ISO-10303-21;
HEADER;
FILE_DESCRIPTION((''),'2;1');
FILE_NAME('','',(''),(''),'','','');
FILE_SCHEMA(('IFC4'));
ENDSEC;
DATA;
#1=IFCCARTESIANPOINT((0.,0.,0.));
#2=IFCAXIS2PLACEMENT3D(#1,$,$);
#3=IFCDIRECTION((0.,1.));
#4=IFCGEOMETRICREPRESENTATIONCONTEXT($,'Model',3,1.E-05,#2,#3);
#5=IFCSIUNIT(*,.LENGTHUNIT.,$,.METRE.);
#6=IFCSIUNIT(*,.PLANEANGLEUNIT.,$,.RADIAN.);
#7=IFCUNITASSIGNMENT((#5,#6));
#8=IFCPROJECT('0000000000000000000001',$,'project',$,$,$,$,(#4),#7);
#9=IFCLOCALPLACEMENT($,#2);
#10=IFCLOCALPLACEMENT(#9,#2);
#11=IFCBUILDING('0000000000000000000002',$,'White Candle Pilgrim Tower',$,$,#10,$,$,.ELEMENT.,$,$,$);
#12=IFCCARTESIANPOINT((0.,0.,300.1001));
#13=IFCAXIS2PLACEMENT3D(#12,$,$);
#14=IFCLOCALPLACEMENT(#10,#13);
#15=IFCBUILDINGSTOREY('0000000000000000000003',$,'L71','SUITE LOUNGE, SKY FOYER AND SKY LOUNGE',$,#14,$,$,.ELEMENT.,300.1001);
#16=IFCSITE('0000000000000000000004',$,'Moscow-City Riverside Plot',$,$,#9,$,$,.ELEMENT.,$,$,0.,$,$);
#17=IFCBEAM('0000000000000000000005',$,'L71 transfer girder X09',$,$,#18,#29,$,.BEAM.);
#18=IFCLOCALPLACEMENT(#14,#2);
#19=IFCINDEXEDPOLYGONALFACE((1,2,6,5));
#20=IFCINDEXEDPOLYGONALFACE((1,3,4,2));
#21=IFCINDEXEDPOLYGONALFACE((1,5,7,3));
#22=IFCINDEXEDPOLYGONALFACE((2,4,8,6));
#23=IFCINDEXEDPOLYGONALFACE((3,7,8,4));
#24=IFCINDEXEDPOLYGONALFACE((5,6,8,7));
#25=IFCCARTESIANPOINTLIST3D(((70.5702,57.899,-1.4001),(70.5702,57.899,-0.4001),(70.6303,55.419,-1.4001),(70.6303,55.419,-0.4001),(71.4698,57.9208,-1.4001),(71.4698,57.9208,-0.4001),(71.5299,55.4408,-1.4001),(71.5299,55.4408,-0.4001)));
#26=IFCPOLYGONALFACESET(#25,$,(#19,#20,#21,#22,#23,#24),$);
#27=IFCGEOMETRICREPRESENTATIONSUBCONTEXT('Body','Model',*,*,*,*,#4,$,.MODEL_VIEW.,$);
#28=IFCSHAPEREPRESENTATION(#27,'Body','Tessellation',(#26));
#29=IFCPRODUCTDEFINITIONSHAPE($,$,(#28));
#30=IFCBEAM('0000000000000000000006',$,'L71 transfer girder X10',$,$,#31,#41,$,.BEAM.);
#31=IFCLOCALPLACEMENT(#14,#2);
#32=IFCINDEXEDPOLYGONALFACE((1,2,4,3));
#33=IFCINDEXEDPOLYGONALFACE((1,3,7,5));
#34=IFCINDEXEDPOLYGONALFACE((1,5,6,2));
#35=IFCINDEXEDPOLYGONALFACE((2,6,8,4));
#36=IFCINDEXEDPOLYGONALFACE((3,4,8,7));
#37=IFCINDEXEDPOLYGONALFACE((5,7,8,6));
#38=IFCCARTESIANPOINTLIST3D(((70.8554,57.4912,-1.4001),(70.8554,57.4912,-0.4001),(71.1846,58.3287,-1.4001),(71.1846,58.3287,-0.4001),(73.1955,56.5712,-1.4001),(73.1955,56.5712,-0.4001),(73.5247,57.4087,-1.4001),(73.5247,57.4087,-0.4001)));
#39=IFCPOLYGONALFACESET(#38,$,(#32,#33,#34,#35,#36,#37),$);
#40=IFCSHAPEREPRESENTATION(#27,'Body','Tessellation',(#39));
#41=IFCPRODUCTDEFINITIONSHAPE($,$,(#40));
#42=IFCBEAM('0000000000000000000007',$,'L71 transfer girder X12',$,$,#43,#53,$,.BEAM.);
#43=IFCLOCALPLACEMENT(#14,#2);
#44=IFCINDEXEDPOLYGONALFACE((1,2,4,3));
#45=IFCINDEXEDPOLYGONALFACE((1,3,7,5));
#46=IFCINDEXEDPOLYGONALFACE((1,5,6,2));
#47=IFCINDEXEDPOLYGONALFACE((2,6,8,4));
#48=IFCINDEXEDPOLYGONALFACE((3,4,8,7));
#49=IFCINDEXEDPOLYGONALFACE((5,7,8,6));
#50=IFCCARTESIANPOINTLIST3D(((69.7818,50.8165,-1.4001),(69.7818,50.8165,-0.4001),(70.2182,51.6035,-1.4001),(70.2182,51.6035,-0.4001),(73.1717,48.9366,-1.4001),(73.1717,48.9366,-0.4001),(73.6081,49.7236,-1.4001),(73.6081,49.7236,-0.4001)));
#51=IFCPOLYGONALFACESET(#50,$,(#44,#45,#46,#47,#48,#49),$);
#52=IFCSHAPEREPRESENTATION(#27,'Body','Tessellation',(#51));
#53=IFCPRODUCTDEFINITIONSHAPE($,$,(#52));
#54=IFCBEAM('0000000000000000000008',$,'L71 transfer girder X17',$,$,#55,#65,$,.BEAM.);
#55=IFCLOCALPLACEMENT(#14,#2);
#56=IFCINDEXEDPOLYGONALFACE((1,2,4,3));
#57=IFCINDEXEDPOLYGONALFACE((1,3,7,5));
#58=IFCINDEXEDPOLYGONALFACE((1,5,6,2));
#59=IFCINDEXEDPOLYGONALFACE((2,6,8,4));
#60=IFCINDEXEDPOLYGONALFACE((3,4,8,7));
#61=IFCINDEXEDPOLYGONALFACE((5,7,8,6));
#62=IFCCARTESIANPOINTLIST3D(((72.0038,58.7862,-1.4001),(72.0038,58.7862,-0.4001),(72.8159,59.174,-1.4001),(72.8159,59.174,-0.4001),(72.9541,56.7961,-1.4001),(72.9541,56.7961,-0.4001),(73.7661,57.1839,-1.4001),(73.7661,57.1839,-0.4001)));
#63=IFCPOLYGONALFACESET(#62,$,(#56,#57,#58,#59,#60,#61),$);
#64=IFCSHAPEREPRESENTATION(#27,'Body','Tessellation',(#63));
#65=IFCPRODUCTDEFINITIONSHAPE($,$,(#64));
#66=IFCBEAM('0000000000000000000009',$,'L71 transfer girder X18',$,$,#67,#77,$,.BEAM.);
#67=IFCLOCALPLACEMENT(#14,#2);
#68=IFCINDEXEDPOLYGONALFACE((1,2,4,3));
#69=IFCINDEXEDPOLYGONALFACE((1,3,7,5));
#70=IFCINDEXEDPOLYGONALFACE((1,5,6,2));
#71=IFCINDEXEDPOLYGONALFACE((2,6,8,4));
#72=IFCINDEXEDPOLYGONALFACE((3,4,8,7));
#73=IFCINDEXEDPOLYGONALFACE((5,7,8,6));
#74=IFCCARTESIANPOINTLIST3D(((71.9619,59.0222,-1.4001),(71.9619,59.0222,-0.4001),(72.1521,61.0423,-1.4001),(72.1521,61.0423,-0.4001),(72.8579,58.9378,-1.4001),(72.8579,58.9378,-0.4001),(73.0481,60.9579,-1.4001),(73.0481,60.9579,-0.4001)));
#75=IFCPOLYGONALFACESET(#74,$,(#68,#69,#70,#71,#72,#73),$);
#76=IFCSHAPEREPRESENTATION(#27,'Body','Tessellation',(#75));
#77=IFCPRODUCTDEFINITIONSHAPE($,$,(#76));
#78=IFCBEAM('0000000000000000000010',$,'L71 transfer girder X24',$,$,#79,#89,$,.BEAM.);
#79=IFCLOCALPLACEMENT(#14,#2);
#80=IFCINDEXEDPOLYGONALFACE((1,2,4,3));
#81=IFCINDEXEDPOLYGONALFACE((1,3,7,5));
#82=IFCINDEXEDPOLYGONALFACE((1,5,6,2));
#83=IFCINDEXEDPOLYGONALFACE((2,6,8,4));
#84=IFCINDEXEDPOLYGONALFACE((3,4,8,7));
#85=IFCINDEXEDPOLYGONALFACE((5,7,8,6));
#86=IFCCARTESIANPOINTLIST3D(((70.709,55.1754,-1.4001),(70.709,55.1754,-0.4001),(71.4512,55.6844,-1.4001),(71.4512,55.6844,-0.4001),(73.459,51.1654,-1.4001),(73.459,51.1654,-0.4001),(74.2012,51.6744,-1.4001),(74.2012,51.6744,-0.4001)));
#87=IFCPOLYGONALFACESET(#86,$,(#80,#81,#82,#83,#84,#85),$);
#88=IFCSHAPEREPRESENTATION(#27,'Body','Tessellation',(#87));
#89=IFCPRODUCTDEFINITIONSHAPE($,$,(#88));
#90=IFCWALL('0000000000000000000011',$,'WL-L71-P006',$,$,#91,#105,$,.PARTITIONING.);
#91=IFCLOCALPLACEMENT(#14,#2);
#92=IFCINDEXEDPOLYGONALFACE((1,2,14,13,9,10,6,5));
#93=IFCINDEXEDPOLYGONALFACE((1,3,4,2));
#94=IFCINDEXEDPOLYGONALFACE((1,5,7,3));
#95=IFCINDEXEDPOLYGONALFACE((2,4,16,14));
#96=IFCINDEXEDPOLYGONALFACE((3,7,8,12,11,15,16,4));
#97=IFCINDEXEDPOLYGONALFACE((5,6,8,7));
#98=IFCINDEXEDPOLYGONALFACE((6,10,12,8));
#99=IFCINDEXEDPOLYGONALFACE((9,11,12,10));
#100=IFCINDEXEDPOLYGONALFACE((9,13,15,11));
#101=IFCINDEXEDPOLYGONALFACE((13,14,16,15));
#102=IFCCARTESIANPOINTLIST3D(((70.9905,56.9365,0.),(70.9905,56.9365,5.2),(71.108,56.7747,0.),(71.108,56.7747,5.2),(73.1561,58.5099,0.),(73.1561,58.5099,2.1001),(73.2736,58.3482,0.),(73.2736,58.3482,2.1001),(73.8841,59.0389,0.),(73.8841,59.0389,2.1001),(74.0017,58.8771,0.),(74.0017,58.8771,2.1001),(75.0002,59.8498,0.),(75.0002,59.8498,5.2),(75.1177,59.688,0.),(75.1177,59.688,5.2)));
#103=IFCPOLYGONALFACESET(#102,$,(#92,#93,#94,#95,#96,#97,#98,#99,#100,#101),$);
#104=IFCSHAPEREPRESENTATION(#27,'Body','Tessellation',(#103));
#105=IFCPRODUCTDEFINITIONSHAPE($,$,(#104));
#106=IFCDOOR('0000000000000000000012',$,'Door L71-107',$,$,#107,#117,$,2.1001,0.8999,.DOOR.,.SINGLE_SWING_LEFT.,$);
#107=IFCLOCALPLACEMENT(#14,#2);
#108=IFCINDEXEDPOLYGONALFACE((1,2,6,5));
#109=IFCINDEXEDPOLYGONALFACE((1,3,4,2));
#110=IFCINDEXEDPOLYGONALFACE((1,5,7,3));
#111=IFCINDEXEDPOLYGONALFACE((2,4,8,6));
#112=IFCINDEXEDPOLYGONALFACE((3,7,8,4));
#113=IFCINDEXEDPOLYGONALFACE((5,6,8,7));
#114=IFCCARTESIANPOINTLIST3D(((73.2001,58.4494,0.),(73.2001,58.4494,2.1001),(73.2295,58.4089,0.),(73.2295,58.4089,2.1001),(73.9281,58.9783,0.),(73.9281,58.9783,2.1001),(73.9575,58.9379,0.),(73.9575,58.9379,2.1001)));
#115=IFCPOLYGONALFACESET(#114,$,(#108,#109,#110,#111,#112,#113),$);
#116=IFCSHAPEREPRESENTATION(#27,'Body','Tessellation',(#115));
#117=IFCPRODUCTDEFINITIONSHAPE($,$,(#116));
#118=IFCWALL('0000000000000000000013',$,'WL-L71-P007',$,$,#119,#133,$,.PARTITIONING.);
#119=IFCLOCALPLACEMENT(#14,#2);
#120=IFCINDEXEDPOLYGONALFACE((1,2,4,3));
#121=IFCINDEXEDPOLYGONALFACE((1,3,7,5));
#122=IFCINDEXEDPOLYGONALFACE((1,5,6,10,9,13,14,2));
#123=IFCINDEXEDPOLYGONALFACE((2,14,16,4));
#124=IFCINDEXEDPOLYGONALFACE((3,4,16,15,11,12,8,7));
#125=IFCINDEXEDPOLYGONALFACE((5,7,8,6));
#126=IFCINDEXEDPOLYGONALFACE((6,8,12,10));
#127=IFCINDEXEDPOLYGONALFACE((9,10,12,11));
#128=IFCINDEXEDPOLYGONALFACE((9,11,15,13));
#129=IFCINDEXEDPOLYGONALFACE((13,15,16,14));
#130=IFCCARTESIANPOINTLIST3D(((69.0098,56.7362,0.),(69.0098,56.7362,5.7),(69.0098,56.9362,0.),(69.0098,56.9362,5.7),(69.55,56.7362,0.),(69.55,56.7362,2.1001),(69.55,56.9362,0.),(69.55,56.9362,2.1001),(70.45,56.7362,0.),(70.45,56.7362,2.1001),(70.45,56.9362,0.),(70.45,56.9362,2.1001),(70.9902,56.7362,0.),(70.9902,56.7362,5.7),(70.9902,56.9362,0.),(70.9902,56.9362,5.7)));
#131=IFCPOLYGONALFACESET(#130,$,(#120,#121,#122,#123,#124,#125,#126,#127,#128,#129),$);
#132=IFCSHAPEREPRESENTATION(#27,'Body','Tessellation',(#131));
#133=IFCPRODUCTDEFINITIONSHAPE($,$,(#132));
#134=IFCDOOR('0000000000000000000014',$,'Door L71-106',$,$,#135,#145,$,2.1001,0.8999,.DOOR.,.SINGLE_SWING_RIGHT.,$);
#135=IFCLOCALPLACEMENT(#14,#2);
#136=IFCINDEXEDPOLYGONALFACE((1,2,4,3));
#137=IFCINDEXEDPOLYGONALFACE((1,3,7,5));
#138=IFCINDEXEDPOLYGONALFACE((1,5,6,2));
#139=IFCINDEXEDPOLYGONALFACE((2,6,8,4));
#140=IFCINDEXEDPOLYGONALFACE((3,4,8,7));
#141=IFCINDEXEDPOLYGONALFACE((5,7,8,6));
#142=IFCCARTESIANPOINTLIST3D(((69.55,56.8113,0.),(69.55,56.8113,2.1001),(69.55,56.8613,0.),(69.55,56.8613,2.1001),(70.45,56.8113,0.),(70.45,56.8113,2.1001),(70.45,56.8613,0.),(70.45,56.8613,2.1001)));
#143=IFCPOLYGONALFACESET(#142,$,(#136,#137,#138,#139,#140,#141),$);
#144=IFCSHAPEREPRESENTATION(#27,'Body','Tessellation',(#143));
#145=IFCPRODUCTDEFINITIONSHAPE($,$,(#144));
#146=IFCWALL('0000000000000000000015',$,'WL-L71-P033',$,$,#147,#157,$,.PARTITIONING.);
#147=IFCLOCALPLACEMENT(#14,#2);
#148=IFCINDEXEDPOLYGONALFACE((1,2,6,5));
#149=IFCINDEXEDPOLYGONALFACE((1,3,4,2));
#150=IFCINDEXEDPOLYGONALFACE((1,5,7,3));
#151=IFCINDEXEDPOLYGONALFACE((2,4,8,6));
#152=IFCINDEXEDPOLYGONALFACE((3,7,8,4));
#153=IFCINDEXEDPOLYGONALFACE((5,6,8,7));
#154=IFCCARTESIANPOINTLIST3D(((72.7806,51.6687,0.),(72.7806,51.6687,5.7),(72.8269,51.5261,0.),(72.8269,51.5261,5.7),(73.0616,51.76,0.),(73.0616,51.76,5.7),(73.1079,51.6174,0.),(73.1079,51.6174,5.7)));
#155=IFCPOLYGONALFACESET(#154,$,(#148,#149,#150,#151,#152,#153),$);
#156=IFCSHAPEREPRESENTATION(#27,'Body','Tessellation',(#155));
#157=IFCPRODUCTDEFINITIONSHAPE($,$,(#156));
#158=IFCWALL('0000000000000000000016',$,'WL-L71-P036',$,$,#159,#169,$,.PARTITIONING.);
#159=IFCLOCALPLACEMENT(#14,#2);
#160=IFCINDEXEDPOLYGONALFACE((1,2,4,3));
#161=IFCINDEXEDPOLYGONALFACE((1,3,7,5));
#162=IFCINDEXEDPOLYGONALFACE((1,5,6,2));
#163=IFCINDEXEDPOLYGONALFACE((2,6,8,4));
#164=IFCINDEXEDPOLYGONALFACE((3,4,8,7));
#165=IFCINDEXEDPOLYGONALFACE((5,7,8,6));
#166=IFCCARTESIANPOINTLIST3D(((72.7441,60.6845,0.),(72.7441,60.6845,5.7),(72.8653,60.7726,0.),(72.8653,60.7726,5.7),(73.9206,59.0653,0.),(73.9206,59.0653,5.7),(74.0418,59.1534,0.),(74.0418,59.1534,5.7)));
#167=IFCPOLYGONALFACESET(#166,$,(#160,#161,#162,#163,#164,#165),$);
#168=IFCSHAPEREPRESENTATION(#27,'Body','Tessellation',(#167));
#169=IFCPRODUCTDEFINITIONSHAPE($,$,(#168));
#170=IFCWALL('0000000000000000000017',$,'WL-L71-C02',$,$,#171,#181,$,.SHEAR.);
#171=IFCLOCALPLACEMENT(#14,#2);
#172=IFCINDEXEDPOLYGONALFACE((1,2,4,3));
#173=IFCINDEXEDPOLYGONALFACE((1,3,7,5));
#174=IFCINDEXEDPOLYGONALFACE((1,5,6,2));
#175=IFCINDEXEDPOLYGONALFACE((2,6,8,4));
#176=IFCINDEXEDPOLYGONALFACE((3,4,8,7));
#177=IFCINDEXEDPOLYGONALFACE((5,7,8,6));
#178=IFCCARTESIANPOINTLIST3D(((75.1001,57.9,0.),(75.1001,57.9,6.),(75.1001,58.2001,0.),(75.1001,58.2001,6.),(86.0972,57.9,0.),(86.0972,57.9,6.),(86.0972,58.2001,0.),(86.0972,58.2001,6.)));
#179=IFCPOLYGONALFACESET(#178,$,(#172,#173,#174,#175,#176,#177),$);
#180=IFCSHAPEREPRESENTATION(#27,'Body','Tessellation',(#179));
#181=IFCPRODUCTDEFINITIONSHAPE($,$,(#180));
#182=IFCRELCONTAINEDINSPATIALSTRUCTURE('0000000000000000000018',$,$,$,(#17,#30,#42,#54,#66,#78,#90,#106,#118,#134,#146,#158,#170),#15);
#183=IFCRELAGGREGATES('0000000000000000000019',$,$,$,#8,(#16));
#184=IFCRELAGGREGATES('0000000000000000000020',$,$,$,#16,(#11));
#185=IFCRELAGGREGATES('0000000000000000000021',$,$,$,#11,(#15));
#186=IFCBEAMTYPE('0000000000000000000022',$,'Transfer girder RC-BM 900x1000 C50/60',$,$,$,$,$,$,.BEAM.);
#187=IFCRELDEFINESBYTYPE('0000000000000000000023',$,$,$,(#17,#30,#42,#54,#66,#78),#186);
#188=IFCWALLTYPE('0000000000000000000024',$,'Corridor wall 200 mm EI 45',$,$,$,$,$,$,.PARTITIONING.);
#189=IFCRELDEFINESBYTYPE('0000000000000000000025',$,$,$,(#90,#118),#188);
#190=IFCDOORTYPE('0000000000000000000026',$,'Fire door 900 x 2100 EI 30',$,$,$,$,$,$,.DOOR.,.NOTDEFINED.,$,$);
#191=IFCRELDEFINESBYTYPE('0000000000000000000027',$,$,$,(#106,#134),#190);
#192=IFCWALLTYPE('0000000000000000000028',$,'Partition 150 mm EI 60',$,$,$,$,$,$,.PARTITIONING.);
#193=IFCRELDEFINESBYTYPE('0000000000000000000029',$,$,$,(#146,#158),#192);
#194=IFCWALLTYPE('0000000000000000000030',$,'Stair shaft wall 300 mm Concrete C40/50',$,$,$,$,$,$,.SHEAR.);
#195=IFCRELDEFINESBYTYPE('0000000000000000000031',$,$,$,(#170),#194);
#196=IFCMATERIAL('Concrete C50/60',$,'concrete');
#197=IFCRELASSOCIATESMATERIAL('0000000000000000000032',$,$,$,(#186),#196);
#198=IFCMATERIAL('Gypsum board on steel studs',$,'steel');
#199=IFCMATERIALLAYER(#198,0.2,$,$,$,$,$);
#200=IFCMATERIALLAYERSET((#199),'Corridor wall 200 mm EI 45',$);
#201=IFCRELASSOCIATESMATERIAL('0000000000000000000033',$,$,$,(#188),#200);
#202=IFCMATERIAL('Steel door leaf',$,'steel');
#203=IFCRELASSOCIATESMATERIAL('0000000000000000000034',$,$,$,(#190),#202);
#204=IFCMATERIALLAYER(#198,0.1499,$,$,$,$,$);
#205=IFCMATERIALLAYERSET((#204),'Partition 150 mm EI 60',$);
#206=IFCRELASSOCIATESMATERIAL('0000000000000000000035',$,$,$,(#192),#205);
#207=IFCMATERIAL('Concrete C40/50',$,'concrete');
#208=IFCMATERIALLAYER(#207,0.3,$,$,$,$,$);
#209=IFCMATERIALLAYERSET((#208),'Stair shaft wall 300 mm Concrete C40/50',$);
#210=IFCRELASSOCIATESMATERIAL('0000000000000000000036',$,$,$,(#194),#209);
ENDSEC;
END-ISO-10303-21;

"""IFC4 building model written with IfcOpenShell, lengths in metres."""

from ifc_helpers import new_model, si_unit, direction, frame, frame_2d, origin, origin_2d, place, context, subcontext, project, spatial, rectangle, extrude, material, layer, layer_set, material_profile, profile_set, type_object, element, fill, save


model = new_model("IFC4")

# Units and contexts
model_context = context("Model", 3, precision=1e-05, world=origin(), true_north=direction((0.0, 1.0)))
body_context = subcontext(model_context, "Body", "Model", "MODEL_VIEW")
ifc_project = project(units=[si_unit("LENGTHUNIT", "METRE"), si_unit("PLANEANGLEUNIT", "RADIAN")], contexts=[model_context])

# Site, building, storey
site_placement = place(None, origin())
site = spatial("IfcSite", under=ifc_project, at=site_placement, Name="Moscow-City Riverside Plot", CompositionType="ELEMENT", RefElevation=0.0)
building_placement = place(site_placement, origin())
building = spatial("IfcBuilding", under=site, at=building_placement, Name="White Candle Pilgrim Tower", CompositionType="ELEMENT")
storey_placement = place(building_placement, frame((0.0, 0.0, 300.1001)))
storey = spatial("IfcBuildingStorey", under=building, at=storey_placement, Name="L71", Description="SUITE LOUNGE, SKY FOYER AND SKY LOUNGE", CompositionType="ELEMENT", Elevation=300.1001)

# Beams
ifc_material_1 = material(Name="Concrete C50/60", Category="concrete")
ifc_material_profile_1 = material_profile(ifc_material_1, rectangle(XDim=0.8999, YDim=1.0, at=origin_2d()), Name="RC-BM 900x1000")
ifc_profile_set_1 = profile_set([ifc_material_profile_1], Name="Concrete C50/60")
beam_type_1 = type_object("IfcBeamType", Name="Transfer girder RC-BM 900x1000 C50/60", PredefinedType="BEAM", material=ifc_profile_set_1)
beam_1_placement = place(storey_placement, frame((71.0801, 55.4299, -0.9001), z_axis=(-0.02421, 0.999707, 0.0), x_axis=(-0.999707, -0.02421, 0.0)))
element("IfcBeam", 1, at=beam_1_placement, inside=storey, type_object=beam_type_1, Name="L71 transfer girder X09", PredefinedType="BEAM", context=body_context, shape_type="SweptSolid", body=[
    extrude(rectangle(XDim=0.8999, YDim=1.0, at=origin_2d()), origin(), (0.0, 0.0, 1.0), 2.4807),
])
beam_2_placement = place(storey_placement, frame((71.02, 57.9099, -0.9001), z_axis=(0.93067, -0.36586, 0.0), x_axis=(0.36586, 0.93067, 0.0)))
element("IfcBeam", 2, at=beam_2_placement, inside=storey, type_object=beam_type_1, Name="L71 transfer girder X10", PredefinedType="BEAM", context=body_context, shape_type="SweptSolid", body=[
    extrude(rectangle(XDim=0.8999, YDim=1.0, at=origin_2d()), origin(), (0.0, 0.0, 1.0), 2.5144),
])
beam_3_placement = place(storey_placement, frame((70.0, 51.21, -0.9001), z_axis=(0.874528, -0.484974, 0.0), x_axis=(0.484974, 0.874528, 0.0)))
element("IfcBeam", 3, at=beam_3_placement, inside=storey, type_object=beam_type_1, Name="L71 transfer girder X12", PredefinedType="BEAM", context=body_context, shape_type="SweptSolid", body=[
    extrude(rectangle(XDim=0.8999, YDim=1.0, at=origin_2d()), origin(), (0.0, 0.0, 1.0), 3.8762),
])
beam_4_placement = place(storey_placement, frame((73.3601, 56.99, -0.9001), z_axis=(-0.430887, 0.902406, 0.0), x_axis=(-0.902406, -0.430887, 0.0)))
element("IfcBeam", 4, at=beam_4_placement, inside=storey, type_object=beam_type_1, Name="L71 transfer girder X17", PredefinedType="BEAM", context=body_context, shape_type="SweptSolid", body=[
    extrude(rectangle(XDim=0.8999, YDim=1.0, at=origin_2d()), origin(), (0.0, 0.0, 1.0), 2.2053),
])
beam_5_placement = place(storey_placement, frame((72.4099, 58.98, -0.9001), z_axis=(0.093736, 0.995597, 0.0), x_axis=(-0.995597, 0.093736, 0.0)))
element("IfcBeam", 5, at=beam_5_placement, inside=storey, type_object=beam_type_1, Name="L71 transfer girder X18", PredefinedType="BEAM", context=body_context, shape_type="SweptSolid", body=[
    extrude(rectangle(XDim=0.8999, YDim=1.0, at=origin_2d()), origin(), (0.0, 0.0, 1.0), 2.0291),
])
beam_6_placement = place(storey_placement, frame((73.8301, 51.4199, -0.9001), z_axis=(-0.565567, 0.824702, 0.0), x_axis=(-0.824702, -0.565567, 0.0)))
element("IfcBeam", 6, at=beam_6_placement, inside=storey, type_object=beam_type_1, Name="L71 transfer girder X24", PredefinedType="BEAM", context=body_context, shape_type="SweptSolid", body=[
    extrude(rectangle(XDim=0.8999, YDim=1.0, at=origin_2d()), origin(), (0.0, 0.0, 1.0), 4.8623),
])

# Walls, openings, doors
ifc_material_2 = material(Name="Gypsum board on steel studs", Category="steel")
ifc_layer_1 = layer(ifc_material_2, 0.2)
ifc_layer_set_1 = layer_set([ifc_layer_1], Name="Corridor wall 200 mm EI 45")
wall_type_1 = type_object("IfcWallType", Name="Corridor wall 200 mm EI 45", PredefinedType="PARTITIONING", material=ifc_layer_set_1)
wall_1_placement = place(storey_placement, frame((75.0588, 59.7688, 0.0), z_axis=(0.0, 0.0, 1.0), x_axis=(-0.809011, -0.587794, 0.0)))
wall_1 = element("IfcWall", 7, at=wall_1_placement, inside=storey, type_object=wall_type_1, Name="WL-L71-P006", PredefinedType="PARTITIONING", context=body_context, shape_type="SweptSolid", body=[
    extrude(rectangle(XDim=4.9563, YDim=0.2, at=frame_2d((2.478, 0.0))), origin(), (0.0, 0.0, 1.0), 5.2),
])
opening_1_placement = place(wall_1_placement, frame((1.3794, 0.0, 0.0)))
opening_1 = element("IfcOpeningElement", 8, at=opening_1_placement, cuts=wall_1, PredefinedType="OPENING", context=body_context, shape_type="SweptSolid", body=[
    extrude(rectangle(XDim=0.8999, YDim=2.1001, at=frame_2d((0.45, 1.05))), frame((0.0, 0.1099, 0.0), z_axis=(0.0, -1.0, 0.0), x_axis=(1.0, 0.0, 0.0)), (0.0, 0.0, 1.0), 0.22),
])
ifc_material_3 = material(Name="Steel door leaf", Category="steel")
door_type = type_object("IfcDoorType", Name="Fire door 900 x 2100 EI 30", OperationType="NOTDEFINED", PredefinedType="DOOR", material=ifc_material_3)
door_1_placement = place(opening_1_placement, origin())
door_1 = element("IfcDoor", 9, at=door_1_placement, inside=storey, type_object=door_type, Name="Door L71-107", OperationType="SINGLE_SWING_LEFT", OverallHeight=2.1001, OverallWidth=0.8999, PredefinedType="DOOR", context=body_context, shape_type="SweptSolid", body=[
    extrude(rectangle(XDim=0.8999, YDim=2.1001, at=frame_2d((0.45, 1.05))), frame((0.0, 0.0249, 0.0), z_axis=(0.0, -1.0, 0.0), x_axis=(1.0, 0.0, 0.0)), (0.0, 0.0, 1.0), 0.05),
])
fill(opening_1, door_1)
wall_2_placement = place(storey_placement, frame((70.9902, 56.8362, 0.0), z_axis=(0.0, 0.0, 1.0), x_axis=(-1.0, 0.0, 0.0)))
wall_2 = element("IfcWall", 10, at=wall_2_placement, inside=storey, type_object=wall_type_1, Name="WL-L71-P007", PredefinedType="PARTITIONING", context=body_context, shape_type="SweptSolid", body=[
    extrude(rectangle(XDim=1.9805, YDim=0.2, at=frame_2d((0.9902, 0.0))), origin(), (0.0, 0.0, 1.0), 5.7),
])
opening_2_placement = place(wall_2_placement, frame((0.5403, 0.0, 0.0)))
opening_2 = element("IfcOpeningElement", 11, at=opening_2_placement, cuts=wall_2, PredefinedType="OPENING", context=body_context, shape_type="SweptSolid", body=[
    extrude(rectangle(XDim=0.8999, YDim=2.1001, at=frame_2d((0.45, 1.05))), frame((0.0, 0.1099, 0.0), z_axis=(0.0, -1.0, 0.0), x_axis=(1.0, 0.0, 0.0)), (0.0, 0.0, 1.0), 0.22),
])
door_2_placement = place(opening_2_placement, origin())
door_2 = element("IfcDoor", 12, at=door_2_placement, inside=storey, type_object=door_type, Name="Door L71-106", OperationType="SINGLE_SWING_RIGHT", OverallHeight=2.1001, OverallWidth=0.8999, PredefinedType="DOOR", context=body_context, shape_type="SweptSolid", body=[
    extrude(rectangle(XDim=0.8999, YDim=2.1001, at=frame_2d((0.45, 1.05))), frame((0.0, 0.0249, 0.0), z_axis=(0.0, -1.0, 0.0), x_axis=(1.0, 0.0, 0.0)), (0.0, 0.0, 1.0), 0.05),
])
fill(opening_2, door_2)

# Walls
ifc_layer_2 = layer(ifc_material_2, 0.1499)
ifc_layer_set_2 = layer_set([ifc_layer_2], Name="Partition 150 mm EI 60")
wall_type_2 = type_object("IfcWallType", Name="Partition 150 mm EI 60", PredefinedType="PARTITIONING", material=ifc_layer_set_2)
wall_3_placement = place(storey_placement, frame((73.0847, 51.6887, 0.0), z_axis=(0.0, 0.0, 1.0), x_axis=(-0.951052, -0.30903, 0.0)))
element("IfcWall", 13, at=wall_3_placement, inside=storey, type_object=wall_type_2, Name="WL-L71-P033", PredefinedType="PARTITIONING", context=body_context, shape_type="SweptSolid", body=[
    extrude(rectangle(XDim=0.2954, YDim=0.1499, at=frame_2d((0.1477, 0.0))), origin(), (0.0, 0.0, 1.0), 5.7),
])
wall_4_placement = place(storey_placement, frame((72.8047, 60.7285, 0.0), z_axis=(0.0, 0.0, 1.0), x_axis=(0.587831, -0.808984, 0.0)))
element("IfcWall", 14, at=wall_4_placement, inside=storey, type_object=wall_type_2, Name="WL-L71-P036", PredefinedType="PARTITIONING", context=body_context, shape_type="SweptSolid", body=[
    extrude(rectangle(XDim=2.0015, YDim=0.1499, at=frame_2d((1.0007, 0.0))), origin(), (0.0, 0.0, 1.0), 5.7),
])
ifc_material_4 = material(Name="Concrete C40/50", Category="concrete")
ifc_layer_3 = layer(ifc_material_4, 0.3)
ifc_layer_set_3 = layer_set([ifc_layer_3], Name="Stair shaft wall 300 mm Concrete C40/50")
wall_type_3 = type_object("IfcWallType", Name="Stair shaft wall 300 mm Concrete C40/50", PredefinedType="SHEAR", material=ifc_layer_set_3)
wall_5_placement = place(storey_placement, frame((75.1001, 58.05, 0.0), z_axis=(0.0, 0.0, 1.0), x_axis=(1.0, 0.0, 0.0)))
element("IfcWall", 15, at=wall_5_placement, inside=storey, type_object=wall_type_3, Name="WL-L71-C02", PredefinedType="SHEAR", context=body_context, shape_type="SweptSolid", body=[
    extrude(rectangle(XDim=10.9971, YDim=0.3, at=frame_2d((5.4985, 0.0))), origin(), (0.0, 0.0, 1.0), 6.0),
])

save(model, "model.ifc")
